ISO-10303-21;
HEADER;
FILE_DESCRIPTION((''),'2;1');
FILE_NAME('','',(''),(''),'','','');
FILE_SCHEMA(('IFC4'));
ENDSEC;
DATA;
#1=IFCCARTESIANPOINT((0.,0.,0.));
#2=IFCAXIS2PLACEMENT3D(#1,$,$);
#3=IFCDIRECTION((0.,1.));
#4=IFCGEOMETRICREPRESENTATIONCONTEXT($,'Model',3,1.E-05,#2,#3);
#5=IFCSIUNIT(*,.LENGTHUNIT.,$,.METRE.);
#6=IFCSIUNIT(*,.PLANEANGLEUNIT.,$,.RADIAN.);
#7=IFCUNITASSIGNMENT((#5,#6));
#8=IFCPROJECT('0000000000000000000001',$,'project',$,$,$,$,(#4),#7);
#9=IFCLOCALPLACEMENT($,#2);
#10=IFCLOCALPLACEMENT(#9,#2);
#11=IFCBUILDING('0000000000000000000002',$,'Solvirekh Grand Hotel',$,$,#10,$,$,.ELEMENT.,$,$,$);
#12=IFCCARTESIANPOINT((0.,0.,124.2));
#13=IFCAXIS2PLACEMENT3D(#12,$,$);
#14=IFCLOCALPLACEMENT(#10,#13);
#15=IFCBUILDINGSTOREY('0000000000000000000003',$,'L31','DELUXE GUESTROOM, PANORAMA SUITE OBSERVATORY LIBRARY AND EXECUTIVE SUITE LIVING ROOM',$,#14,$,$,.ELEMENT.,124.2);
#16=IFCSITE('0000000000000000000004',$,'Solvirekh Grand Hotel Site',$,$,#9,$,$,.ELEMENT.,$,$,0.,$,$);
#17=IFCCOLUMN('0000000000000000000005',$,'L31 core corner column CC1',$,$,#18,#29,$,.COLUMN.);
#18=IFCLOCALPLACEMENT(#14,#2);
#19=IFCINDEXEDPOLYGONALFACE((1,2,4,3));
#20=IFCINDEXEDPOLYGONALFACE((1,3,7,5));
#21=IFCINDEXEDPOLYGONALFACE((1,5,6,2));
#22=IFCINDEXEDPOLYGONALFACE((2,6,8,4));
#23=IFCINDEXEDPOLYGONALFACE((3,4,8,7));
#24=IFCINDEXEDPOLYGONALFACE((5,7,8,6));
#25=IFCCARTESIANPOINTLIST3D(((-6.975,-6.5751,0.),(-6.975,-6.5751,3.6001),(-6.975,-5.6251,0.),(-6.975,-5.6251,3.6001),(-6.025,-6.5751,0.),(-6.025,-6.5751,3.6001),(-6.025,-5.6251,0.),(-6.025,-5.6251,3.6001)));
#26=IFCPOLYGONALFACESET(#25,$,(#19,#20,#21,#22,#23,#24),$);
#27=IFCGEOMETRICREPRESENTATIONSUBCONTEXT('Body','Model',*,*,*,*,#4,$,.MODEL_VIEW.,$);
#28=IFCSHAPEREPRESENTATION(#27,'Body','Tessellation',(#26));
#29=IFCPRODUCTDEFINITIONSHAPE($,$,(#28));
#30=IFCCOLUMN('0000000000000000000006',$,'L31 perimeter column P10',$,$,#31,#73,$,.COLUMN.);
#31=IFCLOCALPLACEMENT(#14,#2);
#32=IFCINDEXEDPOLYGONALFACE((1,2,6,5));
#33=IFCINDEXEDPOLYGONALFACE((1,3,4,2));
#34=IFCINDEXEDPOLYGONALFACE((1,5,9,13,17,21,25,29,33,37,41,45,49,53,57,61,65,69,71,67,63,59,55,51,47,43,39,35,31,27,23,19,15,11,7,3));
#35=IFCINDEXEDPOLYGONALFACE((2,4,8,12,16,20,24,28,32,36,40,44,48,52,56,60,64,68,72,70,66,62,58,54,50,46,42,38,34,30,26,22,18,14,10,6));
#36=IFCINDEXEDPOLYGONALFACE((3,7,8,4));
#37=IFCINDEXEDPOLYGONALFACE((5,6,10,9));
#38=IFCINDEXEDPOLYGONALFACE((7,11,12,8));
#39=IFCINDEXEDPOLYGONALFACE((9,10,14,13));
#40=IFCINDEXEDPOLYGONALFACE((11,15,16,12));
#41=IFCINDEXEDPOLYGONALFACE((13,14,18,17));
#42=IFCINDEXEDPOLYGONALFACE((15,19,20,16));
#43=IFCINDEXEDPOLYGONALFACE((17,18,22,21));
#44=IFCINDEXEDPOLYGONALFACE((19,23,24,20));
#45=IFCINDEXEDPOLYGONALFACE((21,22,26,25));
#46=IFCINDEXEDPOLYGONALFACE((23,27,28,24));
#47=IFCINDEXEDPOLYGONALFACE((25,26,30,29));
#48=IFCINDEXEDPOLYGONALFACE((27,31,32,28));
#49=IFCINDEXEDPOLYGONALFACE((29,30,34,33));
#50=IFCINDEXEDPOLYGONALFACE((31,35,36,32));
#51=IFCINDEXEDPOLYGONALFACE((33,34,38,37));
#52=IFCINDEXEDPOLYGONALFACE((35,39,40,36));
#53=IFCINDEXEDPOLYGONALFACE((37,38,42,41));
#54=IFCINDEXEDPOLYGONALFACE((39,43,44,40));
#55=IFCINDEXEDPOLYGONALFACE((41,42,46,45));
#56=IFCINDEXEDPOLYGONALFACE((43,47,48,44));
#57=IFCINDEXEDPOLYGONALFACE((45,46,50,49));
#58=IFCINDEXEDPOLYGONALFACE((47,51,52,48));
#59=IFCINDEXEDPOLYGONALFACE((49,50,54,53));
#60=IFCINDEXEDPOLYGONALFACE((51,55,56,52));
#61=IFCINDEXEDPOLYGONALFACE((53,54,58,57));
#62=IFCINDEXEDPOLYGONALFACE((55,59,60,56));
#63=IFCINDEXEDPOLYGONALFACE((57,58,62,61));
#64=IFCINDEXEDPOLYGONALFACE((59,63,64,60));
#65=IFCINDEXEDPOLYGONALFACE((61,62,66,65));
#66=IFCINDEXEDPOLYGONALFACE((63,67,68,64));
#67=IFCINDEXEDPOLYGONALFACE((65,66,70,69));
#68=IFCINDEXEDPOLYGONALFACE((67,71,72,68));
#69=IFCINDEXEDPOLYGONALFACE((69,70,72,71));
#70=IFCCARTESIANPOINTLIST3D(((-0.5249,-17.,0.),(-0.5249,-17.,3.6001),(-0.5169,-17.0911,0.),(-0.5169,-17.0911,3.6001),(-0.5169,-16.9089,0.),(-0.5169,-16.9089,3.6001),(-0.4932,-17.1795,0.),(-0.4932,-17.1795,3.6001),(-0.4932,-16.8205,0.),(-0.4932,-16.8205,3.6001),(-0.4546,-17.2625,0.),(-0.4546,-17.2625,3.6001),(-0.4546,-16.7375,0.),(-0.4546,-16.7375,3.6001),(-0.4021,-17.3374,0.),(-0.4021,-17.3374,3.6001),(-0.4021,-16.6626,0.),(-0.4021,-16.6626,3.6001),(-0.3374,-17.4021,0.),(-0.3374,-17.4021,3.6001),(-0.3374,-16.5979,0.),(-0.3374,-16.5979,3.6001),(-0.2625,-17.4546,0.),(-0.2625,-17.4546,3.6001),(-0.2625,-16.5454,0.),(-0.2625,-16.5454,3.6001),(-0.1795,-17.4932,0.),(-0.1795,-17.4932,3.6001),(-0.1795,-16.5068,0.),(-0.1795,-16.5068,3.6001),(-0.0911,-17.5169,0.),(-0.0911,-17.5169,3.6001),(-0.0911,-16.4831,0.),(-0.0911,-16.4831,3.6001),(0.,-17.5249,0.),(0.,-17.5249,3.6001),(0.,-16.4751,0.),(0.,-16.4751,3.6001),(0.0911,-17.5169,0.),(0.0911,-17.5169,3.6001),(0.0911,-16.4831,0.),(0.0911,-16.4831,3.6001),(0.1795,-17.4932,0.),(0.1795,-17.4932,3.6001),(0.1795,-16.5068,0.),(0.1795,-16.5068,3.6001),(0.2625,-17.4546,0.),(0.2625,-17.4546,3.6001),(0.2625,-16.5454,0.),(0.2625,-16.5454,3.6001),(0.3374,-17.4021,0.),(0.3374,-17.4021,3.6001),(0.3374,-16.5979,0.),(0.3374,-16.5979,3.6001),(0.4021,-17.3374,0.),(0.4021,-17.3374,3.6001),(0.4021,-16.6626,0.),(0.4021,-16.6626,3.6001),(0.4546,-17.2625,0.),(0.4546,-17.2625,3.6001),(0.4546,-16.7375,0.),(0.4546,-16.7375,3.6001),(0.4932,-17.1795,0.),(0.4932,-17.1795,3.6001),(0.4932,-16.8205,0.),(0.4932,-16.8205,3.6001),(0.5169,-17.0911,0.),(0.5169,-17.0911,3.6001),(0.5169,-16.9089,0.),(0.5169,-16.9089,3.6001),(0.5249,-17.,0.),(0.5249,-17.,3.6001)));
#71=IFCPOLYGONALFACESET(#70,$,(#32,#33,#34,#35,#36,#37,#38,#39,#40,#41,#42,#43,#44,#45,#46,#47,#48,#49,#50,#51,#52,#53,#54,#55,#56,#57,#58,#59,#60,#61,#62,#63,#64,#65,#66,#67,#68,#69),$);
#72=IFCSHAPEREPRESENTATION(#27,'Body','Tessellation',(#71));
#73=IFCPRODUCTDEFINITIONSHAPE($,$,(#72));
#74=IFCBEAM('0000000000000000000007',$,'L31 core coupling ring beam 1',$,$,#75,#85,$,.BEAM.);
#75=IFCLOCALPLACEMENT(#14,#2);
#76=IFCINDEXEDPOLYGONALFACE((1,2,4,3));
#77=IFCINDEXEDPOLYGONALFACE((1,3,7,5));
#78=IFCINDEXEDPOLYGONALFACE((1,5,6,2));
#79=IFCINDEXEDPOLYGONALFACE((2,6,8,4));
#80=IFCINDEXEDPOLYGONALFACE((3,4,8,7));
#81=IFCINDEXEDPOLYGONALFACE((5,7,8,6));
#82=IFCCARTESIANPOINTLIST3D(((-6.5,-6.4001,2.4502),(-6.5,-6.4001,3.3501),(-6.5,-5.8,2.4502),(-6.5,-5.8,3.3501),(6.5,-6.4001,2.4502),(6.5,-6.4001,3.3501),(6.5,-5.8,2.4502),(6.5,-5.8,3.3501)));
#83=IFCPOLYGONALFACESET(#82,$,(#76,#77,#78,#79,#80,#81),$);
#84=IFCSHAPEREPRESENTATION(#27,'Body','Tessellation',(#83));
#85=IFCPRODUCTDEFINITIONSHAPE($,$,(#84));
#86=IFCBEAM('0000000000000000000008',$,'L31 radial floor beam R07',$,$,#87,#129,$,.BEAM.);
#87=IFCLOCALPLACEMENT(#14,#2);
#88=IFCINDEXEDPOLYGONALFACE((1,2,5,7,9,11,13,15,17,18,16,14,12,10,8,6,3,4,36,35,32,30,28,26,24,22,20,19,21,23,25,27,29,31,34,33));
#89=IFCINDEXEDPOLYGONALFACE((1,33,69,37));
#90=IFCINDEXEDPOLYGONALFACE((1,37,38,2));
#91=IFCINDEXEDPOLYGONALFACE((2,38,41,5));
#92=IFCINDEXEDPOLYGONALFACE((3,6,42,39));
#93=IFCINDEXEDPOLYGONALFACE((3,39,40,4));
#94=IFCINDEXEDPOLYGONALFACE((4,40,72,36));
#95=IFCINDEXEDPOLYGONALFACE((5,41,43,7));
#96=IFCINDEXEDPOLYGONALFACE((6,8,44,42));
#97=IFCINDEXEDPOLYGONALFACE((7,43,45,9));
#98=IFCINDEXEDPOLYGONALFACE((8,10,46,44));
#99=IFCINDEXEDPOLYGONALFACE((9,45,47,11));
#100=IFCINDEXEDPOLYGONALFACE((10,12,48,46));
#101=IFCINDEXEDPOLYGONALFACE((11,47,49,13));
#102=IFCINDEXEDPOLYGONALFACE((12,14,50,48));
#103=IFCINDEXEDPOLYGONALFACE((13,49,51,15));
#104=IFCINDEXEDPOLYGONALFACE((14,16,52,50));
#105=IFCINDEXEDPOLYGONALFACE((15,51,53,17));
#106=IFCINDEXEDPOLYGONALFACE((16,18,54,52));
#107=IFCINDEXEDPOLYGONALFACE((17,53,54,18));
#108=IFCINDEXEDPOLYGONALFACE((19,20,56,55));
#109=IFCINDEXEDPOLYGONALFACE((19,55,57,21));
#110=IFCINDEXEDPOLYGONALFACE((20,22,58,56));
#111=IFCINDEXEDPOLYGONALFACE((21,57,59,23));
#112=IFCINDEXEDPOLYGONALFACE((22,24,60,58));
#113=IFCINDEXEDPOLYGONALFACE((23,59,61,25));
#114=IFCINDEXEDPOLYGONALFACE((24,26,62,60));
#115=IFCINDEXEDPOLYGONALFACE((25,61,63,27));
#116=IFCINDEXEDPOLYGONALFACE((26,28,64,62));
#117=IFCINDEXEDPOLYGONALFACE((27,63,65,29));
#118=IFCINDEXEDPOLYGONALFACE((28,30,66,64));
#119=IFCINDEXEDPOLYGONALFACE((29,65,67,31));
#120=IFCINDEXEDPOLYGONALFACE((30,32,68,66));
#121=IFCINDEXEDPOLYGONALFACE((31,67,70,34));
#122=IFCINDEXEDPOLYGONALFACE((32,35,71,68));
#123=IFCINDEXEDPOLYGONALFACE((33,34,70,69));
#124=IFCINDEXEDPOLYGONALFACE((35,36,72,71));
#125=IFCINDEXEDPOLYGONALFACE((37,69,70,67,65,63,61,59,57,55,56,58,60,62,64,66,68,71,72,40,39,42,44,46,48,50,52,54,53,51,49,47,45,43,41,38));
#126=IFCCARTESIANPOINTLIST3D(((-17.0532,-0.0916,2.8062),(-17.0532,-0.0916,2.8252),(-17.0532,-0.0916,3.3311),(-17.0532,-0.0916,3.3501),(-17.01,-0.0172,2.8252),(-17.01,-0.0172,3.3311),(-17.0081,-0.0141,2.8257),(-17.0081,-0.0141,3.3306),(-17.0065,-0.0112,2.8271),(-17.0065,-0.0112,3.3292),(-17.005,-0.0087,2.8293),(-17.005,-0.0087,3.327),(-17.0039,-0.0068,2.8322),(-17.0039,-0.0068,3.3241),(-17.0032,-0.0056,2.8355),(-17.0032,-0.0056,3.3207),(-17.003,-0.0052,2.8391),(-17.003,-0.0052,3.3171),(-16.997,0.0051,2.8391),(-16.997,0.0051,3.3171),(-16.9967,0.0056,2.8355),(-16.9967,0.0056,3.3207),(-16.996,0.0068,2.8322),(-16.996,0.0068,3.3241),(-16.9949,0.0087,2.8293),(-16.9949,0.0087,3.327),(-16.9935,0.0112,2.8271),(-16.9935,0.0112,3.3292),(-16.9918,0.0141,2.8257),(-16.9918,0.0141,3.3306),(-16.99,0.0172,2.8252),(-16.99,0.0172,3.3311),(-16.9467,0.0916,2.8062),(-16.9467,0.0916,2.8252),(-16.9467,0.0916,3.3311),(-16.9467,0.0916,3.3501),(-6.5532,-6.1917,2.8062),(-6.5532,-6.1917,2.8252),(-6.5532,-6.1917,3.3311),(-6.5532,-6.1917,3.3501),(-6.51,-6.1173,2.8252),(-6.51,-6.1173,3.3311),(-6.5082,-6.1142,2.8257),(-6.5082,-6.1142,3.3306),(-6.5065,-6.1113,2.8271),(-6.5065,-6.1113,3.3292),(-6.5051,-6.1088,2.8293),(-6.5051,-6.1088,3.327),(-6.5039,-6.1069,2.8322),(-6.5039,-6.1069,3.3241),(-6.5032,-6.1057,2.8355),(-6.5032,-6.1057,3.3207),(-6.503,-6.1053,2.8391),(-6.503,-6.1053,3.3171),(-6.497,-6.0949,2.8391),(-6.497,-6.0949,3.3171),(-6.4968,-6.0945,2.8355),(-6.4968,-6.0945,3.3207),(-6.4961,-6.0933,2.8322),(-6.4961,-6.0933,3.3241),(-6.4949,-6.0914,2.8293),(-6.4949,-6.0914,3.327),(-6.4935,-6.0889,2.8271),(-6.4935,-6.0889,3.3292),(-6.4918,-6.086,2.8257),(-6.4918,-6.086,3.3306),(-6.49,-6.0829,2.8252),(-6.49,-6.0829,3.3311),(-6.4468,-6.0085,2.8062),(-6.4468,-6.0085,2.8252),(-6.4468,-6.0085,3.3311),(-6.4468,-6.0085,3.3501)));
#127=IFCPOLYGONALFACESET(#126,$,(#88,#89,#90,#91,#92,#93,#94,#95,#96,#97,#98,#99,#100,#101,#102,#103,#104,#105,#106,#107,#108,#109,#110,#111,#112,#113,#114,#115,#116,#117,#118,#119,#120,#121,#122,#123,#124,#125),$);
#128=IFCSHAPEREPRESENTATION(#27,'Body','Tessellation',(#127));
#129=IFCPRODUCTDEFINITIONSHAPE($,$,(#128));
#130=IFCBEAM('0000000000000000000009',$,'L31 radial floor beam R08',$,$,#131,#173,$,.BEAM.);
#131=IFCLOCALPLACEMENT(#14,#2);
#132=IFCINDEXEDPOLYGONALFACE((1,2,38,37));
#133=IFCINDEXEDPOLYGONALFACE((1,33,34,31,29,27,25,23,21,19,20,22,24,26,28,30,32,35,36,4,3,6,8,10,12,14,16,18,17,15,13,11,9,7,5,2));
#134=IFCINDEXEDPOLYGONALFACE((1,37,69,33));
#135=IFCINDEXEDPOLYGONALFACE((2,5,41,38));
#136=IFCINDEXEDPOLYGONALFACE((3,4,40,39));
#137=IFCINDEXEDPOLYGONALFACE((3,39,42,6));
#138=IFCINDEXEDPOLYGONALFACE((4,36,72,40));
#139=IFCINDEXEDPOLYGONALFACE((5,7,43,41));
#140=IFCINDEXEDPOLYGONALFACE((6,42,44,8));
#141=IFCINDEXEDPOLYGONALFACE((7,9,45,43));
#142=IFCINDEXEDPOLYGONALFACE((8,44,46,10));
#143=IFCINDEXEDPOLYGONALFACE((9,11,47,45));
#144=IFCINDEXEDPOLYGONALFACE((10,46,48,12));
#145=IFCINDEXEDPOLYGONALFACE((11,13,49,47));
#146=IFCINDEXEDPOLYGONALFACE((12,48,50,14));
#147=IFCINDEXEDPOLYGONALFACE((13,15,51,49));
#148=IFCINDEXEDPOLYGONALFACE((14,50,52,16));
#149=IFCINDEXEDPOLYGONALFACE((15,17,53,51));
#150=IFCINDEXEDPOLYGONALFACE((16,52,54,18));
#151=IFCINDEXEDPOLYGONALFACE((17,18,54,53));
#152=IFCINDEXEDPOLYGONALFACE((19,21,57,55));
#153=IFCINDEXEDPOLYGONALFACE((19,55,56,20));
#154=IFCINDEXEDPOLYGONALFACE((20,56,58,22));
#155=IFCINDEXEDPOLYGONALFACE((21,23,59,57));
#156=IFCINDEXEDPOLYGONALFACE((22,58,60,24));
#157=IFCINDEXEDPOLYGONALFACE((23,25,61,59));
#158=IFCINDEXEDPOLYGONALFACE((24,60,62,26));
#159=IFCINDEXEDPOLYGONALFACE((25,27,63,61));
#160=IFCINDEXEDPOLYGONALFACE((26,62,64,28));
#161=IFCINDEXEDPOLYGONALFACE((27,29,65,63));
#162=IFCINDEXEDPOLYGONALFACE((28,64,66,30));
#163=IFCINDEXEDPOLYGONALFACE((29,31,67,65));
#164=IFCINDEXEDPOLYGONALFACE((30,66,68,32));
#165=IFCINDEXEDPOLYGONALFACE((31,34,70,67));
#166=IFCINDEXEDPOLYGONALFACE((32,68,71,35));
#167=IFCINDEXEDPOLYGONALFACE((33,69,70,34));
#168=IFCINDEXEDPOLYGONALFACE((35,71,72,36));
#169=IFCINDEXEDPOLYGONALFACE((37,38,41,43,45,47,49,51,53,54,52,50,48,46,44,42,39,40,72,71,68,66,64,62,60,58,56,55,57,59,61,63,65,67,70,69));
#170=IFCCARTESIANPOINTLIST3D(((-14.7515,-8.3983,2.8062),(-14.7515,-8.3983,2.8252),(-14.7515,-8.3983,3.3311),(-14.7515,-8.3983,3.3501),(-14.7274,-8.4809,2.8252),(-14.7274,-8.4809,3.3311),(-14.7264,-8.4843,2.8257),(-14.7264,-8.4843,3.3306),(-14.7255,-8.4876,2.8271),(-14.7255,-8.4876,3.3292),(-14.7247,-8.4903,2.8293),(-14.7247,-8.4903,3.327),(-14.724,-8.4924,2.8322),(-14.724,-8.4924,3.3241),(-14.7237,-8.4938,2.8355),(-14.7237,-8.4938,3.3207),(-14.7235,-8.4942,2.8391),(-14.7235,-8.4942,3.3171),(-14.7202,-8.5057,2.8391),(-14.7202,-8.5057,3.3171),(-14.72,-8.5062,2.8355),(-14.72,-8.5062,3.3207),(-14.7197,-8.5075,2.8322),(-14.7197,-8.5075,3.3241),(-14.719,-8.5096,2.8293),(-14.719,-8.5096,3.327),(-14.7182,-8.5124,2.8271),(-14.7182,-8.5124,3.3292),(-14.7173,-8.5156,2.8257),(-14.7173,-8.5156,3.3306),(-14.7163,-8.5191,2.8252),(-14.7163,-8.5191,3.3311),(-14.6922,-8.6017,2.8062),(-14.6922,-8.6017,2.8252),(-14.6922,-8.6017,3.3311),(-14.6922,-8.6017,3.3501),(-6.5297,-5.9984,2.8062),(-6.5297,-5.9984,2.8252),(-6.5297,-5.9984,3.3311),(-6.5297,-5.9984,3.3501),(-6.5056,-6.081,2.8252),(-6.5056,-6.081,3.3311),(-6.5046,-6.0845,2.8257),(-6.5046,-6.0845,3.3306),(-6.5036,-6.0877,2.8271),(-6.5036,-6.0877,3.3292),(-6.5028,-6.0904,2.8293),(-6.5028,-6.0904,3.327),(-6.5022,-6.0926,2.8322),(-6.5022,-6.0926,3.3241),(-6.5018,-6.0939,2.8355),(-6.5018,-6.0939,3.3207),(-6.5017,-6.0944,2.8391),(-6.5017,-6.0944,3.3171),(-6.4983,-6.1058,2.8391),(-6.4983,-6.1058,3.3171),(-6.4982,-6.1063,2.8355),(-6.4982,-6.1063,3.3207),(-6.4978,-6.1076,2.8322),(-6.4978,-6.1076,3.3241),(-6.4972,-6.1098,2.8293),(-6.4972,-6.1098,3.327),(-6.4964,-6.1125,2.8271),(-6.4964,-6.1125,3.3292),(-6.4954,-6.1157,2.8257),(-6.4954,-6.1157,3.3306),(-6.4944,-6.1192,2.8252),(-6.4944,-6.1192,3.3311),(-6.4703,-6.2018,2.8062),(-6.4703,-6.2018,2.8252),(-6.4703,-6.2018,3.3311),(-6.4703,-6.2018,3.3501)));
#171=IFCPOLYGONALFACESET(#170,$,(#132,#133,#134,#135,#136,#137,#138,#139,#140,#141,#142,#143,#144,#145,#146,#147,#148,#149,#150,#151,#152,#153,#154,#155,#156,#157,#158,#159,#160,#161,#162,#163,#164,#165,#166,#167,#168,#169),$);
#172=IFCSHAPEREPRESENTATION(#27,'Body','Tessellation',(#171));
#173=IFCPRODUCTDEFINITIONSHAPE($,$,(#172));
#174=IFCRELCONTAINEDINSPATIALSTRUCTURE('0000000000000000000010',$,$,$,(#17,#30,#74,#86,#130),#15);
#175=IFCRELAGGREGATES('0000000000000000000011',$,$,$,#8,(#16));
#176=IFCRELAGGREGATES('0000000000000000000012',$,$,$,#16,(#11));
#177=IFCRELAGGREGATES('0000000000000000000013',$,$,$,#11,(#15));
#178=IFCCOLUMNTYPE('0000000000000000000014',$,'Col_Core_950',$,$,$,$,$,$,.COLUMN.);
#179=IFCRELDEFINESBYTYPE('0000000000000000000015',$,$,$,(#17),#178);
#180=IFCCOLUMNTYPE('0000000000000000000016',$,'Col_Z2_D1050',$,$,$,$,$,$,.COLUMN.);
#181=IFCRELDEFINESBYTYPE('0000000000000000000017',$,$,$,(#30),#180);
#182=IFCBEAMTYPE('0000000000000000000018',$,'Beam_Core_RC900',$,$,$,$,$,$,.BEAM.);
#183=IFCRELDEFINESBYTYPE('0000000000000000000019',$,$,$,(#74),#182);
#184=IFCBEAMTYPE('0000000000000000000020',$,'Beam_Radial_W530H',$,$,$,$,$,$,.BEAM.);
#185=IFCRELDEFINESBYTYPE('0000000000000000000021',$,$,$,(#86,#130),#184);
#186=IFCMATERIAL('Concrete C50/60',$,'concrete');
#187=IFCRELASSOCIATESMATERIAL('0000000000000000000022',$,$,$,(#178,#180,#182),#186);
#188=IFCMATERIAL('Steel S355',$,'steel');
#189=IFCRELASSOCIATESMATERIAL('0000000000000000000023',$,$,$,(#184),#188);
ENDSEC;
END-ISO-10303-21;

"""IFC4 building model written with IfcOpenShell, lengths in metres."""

from ifc_helpers import new_model, si_unit, direction, frame, origin, origin_2d, place, context, subcontext, project, spatial, rectangle, circle, i_section, extrude, material, material_profile, profile_set, type_object, element, save


model = new_model("IFC4")

# Units and contexts
model_context = context("Model", 3, precision=1e-05, world=origin(), true_north=direction((0.0, 1.0)))
body_context = subcontext(model_context, "Body", "Model", "MODEL_VIEW")
ifc_project = project(units=[si_unit("LENGTHUNIT", "METRE"), si_unit("PLANEANGLEUNIT", "RADIAN")], contexts=[model_context])

# Site, building, storey
site_placement = place(None, origin())
site = spatial("IfcSite", under=ifc_project, at=site_placement, Name="Solvirekh Grand Hotel Site", CompositionType="ELEMENT", RefElevation=0.0)
building_placement = place(site_placement, origin())
building = spatial("IfcBuilding", under=site, at=building_placement, Name="Solvirekh Grand Hotel", CompositionType="ELEMENT")
storey_placement = place(building_placement, frame((0.0, 0.0, 124.2)))
storey = spatial("IfcBuildingStorey", under=building, at=storey_placement, Name="L31", Description="DELUXE GUESTROOM, PANORAMA SUITE OBSERVATORY LIBRARY AND EXECUTIVE SUITE LIVING ROOM", CompositionType="ELEMENT", Elevation=124.2)

# Columns
ifc_material_1 = material(Name="Concrete C50/60", Category="concrete")
ifc_material_profile_1 = material_profile(ifc_material_1, rectangle(XDim=0.95, YDim=0.95, at=origin_2d()), Name="RC 950X950")
ifc_profile_set_1 = profile_set([ifc_material_profile_1], Name="Concrete C50/60")
column_type_1 = type_object("IfcColumnType", Name="Col_Core_950", PredefinedType="COLUMN", material=ifc_profile_set_1)
column_1_placement = place(storey_placement, frame((-6.5, -6.1001, 0.0), z_axis=(0.0, 0.0, 1.0), x_axis=(1.0, 0.0, 0.0)))
element("IfcColumn", 1, at=column_1_placement, inside=storey, type_object=column_type_1, Name="L31 core corner column CC1", PredefinedType="COLUMN", context=body_context, shape_type="SweptSolid", body=[
    extrude(rectangle(XDim=0.95, YDim=0.95, at=origin_2d()), origin(), (0.0, 0.0, 1.0), 3.6001),
])
ifc_material_profile_2 = material_profile(ifc_material_1, circle(Radius=0.5249, at=origin_2d()), Name="RC CIRC D1050")
ifc_profile_set_2 = profile_set([ifc_material_profile_2], Name="Concrete C50/60")
column_type_2 = type_object("IfcColumnType", Name="Col_Z2_D1050", PredefinedType="COLUMN", material=ifc_profile_set_2)
column_2_placement = place(storey_placement, frame((0.0, -17.0, 0.0), z_axis=(0.0, 0.0, 1.0), x_axis=(1.0, 0.0, 0.0)))
element("IfcColumn", 2, at=column_2_placement, inside=storey, type_object=column_type_2, Name="L31 perimeter column P10", PredefinedType="COLUMN", context=body_context, shape_type="SweptSolid", body=[
    extrude(circle(Radius=0.5249, at=origin_2d()), origin(), (0.0, 0.0, 1.0), 3.6001),
])

# Beams
ifc_material_profile_3 = material_profile(ifc_material_1, rectangle(XDim=0.6001, YDim=0.8999, at=origin_2d()), Name="RC BEAM 600X900")
ifc_profile_set_3 = profile_set([ifc_material_profile_3], Name="Concrete C50/60")
beam_type_1 = type_object("IfcBeamType", Name="Beam_Core_RC900", PredefinedType="BEAM", material=ifc_profile_set_3)
beam_1_placement = place(storey_placement, frame((-6.5, -6.1001, 2.9001), z_axis=(1.0, 0.0, 0.0), x_axis=(0.0, 1.0, 0.0)))
element("IfcBeam", 3, at=beam_1_placement, inside=storey, type_object=beam_type_1, Name="L31 core coupling ring beam 1", PredefinedType="BEAM", context=body_context, shape_type="SweptSolid", body=[
    extrude(rectangle(XDim=0.6001, YDim=0.8999, at=origin_2d()), origin(), (0.0, 0.0, 1.0), 13.0),
])
ifc_material_2 = material(Name="Steel S355", Category="steel")
ifc_material_profile_4 = material_profile(ifc_material_2, i_section(OverallWidth=0.2119, OverallDepth=0.5439, WebThickness=0.012, FlangeThickness=0.019, FilletRadius=0.0139, at=origin_2d()), Name="W530X123")
ifc_profile_set_4 = profile_set([ifc_material_profile_4], Name="Steel S355")
beam_type_2 = type_object("IfcBeamType", Name="Beam_Radial_W530H", PredefinedType="BEAM", material=ifc_profile_set_4)
beam_2_placement = place(storey_placement, frame((-6.5, -6.1001, 3.0781), z_axis=(-0.86467, 0.50234, 0.0), x_axis=(-0.50234, -0.86467, 0.0)))
element("IfcBeam", 4, at=beam_2_placement, inside=storey, type_object=beam_type_2, Name="L31 radial floor beam R07", PredefinedType="BEAM", context=body_context, shape_type="SweptSolid", body=[
    extrude(i_section(OverallWidth=0.2119, OverallDepth=0.5439, WebThickness=0.012, FlangeThickness=0.019, FilletRadius=0.0139, at=origin_2d()), origin(), (0.0, 0.0, 1.0), 12.1433),
])
beam_3_placement = place(storey_placement, frame((-6.5, -6.1001, 3.0781), z_axis=(-0.959942, -0.280198, 0.0), x_axis=(0.280198, -0.959942, 0.0)))
element("IfcBeam", 5, at=beam_3_placement, inside=storey, type_object=beam_type_2, Name="L31 radial floor beam R08", PredefinedType="BEAM", context=body_context, shape_type="SweptSolid", body=[
    extrude(i_section(OverallWidth=0.2119, OverallDepth=0.5439, WebThickness=0.012, FlangeThickness=0.019, FilletRadius=0.0139, at=origin_2d()), origin(), (0.0, 0.0, 1.0), 8.5649),
])

save(model, "model.ifc")
